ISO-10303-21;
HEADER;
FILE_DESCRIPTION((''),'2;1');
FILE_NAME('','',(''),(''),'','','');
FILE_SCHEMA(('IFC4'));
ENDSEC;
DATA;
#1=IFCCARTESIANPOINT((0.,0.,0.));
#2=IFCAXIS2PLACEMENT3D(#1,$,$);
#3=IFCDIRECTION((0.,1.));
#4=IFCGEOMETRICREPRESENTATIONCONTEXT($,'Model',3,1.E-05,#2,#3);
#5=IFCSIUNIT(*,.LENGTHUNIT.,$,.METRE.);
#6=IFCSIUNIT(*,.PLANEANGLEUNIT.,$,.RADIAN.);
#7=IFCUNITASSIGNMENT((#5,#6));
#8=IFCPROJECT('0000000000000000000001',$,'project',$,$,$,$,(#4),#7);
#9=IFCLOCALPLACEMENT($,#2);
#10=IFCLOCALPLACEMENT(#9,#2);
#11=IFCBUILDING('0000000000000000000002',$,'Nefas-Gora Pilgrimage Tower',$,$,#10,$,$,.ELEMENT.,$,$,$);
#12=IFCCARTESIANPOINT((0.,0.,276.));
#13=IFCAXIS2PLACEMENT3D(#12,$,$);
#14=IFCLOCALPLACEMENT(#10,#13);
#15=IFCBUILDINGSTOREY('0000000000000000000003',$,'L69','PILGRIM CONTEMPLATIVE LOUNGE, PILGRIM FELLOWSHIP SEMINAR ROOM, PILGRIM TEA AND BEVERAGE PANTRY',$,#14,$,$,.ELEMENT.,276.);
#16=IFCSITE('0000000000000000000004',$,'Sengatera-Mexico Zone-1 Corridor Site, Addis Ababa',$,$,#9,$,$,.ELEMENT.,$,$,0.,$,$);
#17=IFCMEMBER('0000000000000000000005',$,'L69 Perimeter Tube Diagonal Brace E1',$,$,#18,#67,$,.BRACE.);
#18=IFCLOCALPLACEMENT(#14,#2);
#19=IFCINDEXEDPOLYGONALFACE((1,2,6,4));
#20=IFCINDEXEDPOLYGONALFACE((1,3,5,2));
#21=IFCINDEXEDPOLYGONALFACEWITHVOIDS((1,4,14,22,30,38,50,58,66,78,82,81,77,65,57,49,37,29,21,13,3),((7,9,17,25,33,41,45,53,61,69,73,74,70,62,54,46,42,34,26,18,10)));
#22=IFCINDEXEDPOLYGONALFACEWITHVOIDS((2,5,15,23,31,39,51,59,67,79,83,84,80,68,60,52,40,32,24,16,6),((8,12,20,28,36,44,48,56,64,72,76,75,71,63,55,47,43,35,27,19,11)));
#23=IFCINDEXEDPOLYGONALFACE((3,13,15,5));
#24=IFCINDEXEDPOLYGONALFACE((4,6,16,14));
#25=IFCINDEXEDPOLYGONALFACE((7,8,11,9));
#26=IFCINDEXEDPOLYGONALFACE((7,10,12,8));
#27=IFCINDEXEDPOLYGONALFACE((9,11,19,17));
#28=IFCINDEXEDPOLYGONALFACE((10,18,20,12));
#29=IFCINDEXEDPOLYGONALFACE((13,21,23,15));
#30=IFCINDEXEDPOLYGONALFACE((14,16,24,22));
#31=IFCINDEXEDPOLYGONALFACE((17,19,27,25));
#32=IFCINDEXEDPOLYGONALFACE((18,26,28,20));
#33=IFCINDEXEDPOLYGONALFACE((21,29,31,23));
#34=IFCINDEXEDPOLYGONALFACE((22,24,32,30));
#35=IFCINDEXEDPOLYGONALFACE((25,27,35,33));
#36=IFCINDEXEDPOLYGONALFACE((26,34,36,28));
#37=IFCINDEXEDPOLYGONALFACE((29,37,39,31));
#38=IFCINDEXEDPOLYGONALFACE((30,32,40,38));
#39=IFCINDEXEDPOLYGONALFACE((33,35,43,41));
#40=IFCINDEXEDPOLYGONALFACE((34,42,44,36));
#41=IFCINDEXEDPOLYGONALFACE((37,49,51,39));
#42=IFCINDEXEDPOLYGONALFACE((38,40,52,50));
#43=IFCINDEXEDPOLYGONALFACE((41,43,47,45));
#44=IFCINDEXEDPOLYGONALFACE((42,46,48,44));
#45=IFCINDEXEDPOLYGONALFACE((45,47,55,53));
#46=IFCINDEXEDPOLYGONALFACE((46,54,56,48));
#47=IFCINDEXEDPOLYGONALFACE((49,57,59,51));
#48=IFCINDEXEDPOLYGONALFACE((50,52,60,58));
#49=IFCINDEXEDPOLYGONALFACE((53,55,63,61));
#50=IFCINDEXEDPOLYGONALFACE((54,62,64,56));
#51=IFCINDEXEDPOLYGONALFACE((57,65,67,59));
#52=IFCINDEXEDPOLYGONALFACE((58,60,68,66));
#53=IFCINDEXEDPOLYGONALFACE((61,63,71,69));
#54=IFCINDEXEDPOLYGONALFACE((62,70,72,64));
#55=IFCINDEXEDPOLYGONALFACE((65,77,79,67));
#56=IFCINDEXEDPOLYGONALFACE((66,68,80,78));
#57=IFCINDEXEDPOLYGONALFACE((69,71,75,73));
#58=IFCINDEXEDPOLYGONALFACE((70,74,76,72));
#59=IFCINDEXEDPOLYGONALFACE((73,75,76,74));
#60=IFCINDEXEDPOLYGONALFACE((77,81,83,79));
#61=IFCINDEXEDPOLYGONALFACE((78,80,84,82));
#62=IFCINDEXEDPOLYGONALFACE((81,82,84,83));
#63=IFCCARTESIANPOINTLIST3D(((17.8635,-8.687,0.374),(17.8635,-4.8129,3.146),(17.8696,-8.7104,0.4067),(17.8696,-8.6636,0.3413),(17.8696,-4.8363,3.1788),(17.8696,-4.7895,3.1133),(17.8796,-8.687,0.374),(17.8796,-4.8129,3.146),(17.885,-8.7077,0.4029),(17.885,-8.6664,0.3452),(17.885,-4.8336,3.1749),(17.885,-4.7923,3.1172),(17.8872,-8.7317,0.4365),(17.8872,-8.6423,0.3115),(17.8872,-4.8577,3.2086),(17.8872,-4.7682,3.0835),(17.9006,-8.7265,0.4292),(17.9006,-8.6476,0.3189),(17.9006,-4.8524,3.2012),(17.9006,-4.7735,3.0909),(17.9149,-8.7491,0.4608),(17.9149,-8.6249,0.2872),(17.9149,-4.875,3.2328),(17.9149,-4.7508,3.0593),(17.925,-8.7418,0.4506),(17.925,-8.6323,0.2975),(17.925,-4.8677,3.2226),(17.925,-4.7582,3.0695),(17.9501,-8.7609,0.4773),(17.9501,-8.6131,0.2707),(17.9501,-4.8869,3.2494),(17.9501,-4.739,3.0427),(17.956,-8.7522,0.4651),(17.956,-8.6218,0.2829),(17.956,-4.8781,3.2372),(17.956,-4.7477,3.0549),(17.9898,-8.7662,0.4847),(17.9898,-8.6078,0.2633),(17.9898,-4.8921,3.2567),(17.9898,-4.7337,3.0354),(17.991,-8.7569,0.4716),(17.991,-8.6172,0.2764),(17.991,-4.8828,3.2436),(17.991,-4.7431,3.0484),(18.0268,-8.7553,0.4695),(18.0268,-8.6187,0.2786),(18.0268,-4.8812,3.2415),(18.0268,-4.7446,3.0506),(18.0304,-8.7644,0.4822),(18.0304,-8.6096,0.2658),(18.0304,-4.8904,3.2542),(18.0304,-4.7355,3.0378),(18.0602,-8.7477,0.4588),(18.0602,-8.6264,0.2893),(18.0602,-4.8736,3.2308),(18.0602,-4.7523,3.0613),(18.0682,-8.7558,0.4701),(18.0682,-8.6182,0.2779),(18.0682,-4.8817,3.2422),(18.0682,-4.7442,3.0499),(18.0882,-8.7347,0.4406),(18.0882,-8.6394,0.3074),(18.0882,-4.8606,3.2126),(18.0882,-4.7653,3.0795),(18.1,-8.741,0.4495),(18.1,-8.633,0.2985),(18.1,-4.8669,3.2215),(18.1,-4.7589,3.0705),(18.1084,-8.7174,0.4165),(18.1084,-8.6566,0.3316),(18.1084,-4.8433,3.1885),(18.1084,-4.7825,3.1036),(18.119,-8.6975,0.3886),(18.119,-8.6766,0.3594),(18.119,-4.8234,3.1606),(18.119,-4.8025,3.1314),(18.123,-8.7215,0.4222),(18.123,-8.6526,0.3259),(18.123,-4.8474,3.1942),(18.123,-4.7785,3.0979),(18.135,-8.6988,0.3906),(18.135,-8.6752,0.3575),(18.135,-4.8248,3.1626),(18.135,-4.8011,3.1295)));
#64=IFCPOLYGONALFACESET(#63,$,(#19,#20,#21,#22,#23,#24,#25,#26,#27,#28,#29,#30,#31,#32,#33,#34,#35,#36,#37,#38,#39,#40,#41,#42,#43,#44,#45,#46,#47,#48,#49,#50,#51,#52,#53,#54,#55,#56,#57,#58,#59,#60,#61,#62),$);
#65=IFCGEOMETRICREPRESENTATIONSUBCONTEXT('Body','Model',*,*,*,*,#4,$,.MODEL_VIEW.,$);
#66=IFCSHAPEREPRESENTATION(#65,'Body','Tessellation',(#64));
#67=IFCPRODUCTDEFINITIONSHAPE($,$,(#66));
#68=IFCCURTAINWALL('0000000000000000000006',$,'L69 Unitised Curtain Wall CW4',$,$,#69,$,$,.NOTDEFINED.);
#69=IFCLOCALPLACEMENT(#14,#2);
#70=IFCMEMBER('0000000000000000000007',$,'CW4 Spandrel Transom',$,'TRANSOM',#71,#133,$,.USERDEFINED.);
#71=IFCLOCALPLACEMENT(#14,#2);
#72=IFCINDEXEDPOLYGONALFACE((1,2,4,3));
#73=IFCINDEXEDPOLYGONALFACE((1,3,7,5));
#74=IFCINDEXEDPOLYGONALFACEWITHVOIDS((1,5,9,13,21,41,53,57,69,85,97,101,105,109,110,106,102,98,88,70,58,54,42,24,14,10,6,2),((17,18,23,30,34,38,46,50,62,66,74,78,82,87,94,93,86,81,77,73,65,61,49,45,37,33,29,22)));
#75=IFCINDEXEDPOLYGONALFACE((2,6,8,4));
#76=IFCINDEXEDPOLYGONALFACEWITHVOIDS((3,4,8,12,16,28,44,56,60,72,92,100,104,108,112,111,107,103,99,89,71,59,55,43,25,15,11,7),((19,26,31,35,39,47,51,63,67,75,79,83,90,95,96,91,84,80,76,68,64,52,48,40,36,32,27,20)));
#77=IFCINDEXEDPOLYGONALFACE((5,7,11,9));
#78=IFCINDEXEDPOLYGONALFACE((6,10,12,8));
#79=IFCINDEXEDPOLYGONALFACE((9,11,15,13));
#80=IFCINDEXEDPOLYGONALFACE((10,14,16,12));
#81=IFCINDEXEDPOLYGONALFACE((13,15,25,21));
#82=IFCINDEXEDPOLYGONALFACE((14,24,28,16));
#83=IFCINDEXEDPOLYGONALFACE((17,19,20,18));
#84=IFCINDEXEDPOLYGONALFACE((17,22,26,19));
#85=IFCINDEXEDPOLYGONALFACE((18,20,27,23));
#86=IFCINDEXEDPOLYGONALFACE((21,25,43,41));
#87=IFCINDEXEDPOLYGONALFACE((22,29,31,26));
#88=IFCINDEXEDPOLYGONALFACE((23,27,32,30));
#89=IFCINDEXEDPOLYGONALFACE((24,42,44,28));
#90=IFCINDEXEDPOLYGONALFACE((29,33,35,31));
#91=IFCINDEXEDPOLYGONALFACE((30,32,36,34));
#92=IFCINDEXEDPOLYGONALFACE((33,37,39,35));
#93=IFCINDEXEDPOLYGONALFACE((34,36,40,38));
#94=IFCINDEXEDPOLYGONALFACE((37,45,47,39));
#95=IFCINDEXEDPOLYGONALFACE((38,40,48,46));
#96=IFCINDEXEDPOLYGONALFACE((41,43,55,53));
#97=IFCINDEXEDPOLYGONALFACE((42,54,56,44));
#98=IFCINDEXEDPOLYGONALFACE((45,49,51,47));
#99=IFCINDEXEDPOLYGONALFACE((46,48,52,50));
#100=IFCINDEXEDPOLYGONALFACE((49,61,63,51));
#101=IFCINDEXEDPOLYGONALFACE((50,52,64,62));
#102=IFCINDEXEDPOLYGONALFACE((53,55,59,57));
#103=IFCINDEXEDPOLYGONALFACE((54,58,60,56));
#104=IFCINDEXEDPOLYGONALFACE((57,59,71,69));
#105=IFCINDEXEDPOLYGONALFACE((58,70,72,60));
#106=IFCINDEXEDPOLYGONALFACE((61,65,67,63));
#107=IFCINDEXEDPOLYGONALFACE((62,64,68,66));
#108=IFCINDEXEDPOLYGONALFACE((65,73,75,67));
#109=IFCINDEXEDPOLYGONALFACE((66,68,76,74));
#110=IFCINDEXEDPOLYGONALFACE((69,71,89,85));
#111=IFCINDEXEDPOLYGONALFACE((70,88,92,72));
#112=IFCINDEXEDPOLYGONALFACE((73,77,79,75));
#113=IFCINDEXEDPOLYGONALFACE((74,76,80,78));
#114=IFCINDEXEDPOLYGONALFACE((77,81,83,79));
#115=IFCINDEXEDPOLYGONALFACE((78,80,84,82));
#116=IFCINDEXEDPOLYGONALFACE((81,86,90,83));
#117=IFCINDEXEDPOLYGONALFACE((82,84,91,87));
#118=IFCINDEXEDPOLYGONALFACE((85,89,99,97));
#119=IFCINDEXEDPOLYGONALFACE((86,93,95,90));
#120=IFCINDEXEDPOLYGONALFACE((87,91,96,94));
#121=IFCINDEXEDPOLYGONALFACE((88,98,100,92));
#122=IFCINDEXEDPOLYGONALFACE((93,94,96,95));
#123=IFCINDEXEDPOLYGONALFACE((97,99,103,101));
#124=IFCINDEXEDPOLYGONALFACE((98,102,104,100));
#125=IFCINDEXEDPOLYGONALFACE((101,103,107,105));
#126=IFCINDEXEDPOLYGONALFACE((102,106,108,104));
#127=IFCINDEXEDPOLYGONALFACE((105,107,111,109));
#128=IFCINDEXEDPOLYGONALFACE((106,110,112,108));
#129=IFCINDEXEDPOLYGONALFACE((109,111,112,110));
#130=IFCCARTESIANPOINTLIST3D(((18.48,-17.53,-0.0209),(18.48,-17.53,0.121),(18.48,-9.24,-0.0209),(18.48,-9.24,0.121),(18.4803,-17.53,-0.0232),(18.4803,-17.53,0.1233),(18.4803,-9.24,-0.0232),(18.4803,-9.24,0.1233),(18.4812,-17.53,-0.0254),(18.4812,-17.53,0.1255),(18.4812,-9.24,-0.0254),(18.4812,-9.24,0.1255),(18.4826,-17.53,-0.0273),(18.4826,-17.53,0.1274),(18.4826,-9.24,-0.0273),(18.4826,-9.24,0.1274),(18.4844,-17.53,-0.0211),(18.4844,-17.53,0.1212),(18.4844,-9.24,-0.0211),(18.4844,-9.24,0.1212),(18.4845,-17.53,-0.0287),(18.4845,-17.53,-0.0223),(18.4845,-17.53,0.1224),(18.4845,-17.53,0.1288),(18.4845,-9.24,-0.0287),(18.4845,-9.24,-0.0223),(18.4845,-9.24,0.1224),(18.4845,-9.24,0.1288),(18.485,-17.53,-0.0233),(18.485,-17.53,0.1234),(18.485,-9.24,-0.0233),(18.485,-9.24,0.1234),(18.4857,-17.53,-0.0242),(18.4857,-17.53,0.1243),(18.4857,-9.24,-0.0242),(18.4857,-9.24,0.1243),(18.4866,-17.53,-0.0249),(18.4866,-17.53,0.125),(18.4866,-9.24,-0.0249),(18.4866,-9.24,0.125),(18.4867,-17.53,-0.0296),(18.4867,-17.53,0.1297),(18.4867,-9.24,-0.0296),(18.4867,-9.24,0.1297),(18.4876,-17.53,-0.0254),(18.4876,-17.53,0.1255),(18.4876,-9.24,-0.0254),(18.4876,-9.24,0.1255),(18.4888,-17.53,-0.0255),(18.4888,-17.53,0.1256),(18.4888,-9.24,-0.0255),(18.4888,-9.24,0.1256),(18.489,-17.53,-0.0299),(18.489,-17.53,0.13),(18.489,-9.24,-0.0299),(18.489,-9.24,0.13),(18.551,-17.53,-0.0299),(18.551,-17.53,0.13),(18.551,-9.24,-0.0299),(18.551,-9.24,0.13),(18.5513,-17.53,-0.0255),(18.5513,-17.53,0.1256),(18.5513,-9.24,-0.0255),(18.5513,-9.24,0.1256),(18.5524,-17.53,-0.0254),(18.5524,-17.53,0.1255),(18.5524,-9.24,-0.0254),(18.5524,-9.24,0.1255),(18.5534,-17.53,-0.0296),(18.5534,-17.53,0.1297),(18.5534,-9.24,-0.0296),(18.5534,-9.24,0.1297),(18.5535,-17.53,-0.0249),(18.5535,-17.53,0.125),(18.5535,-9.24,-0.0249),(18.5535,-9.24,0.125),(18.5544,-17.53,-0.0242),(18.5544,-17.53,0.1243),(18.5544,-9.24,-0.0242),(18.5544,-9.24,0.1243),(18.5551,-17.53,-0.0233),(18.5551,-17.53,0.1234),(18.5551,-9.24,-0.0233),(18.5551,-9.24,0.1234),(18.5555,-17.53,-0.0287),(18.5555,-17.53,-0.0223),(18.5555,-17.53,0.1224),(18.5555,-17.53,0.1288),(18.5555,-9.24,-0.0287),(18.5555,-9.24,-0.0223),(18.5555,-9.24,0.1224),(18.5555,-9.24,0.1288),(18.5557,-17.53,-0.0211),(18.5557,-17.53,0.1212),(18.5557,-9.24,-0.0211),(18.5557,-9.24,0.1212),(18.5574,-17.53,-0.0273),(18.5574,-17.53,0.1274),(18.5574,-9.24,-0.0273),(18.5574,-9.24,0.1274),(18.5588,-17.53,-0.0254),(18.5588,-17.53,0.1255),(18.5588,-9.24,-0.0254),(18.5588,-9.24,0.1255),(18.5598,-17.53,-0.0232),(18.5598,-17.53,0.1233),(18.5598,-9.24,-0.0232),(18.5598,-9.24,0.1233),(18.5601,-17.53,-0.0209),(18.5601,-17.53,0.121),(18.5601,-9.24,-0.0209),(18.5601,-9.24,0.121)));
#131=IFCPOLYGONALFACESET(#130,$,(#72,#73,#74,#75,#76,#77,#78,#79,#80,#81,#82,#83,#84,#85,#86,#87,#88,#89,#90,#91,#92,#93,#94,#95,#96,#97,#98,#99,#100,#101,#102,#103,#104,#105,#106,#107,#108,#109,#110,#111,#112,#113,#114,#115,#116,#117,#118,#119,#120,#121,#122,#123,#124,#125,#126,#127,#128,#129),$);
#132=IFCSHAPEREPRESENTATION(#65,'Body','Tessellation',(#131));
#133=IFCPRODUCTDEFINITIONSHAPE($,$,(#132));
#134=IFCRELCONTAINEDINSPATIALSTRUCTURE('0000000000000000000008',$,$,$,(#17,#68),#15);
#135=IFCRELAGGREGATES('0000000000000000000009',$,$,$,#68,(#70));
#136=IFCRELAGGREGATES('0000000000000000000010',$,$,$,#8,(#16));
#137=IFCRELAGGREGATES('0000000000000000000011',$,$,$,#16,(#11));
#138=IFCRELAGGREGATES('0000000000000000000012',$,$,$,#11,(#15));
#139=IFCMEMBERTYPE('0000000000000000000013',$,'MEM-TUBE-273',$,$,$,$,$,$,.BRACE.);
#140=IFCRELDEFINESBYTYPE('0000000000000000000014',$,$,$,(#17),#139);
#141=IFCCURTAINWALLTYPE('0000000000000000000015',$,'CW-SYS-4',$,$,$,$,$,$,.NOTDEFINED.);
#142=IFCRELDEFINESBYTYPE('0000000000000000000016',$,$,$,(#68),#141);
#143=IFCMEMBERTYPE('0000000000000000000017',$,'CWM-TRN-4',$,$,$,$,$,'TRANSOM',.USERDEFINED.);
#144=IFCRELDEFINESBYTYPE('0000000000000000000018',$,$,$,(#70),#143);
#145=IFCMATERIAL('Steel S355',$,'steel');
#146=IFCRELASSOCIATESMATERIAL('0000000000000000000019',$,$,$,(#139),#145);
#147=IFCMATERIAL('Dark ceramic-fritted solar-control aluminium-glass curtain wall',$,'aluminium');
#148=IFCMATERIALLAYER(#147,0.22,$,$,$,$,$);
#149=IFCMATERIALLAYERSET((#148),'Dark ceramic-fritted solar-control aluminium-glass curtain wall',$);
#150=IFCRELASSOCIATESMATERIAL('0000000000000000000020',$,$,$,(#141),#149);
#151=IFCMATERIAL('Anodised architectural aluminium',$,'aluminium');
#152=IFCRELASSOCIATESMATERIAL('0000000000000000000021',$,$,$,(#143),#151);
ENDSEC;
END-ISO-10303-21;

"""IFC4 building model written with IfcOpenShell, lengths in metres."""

from ifc_helpers import new_model, si_unit, direction, frame, origin, origin_2d, place, context, subcontext, project, spatial, hollow_rectangle, hollow_circle, extrude, source, transform, mapped, material, layer, layer_set, material_profile, profile_set, type_object, element, aggregate, save


model = new_model("IFC4")

# Units and contexts
model_context = context("Model", 3, precision=1e-05, world=origin(), true_north=direction((0.0, 1.0)))
body_context = subcontext(model_context, "Body", "Model", "MODEL_VIEW")
ifc_project = project(units=[si_unit("LENGTHUNIT", "METRE"), si_unit("PLANEANGLEUNIT", "RADIAN")], contexts=[model_context])

# Site, building, storey
site_placement = place(None, origin())
site = spatial("IfcSite", under=ifc_project, at=site_placement, Name="Sengatera-Mexico Zone-1 Corridor Site, Addis Ababa", CompositionType="ELEMENT", RefElevation=0.0)
building_placement = place(site_placement, origin())
building = spatial("IfcBuilding", under=site, at=building_placement, Name="Nefas-Gora Pilgrimage Tower", CompositionType="ELEMENT")
storey_placement = place(building_placement, frame((0.0, 0.0, 276.0)))
storey = spatial("IfcBuildingStorey", under=building, at=storey_placement, Name="L69", Description="PILGRIM CONTEMPLATIVE LOUNGE, PILGRIM FELLOWSHIP SEMINAR ROOM, PILGRIM TEA AND BEVERAGE PANTRY", CompositionType="ELEMENT", Elevation=276.0)

# Shared definitions
ifc_material_1 = material(Name="Steel S355", Category="steel")

# Member
ifc_material_profile_1 = material_profile(ifc_material_1, hollow_circle(Radius=0.1365, WallThickness=0.0161, at=origin_2d()), Name="CHS 273x16")
ifc_profile_set_1 = profile_set([ifc_material_profile_1], Name="Steel S355")
member_type_1 = type_object("IfcMemberType", Name="MEM-TUBE-273", PredefinedType="BRACE", material=ifc_profile_set_1)
shared_shape_1 = source(origin(), body_context, "Body", "SweptSolid", [
    extrude(hollow_circle(Radius=0.1365, WallThickness=0.0161, at=origin_2d()), origin(), (0.0, 0.0, 1.0), 4.7637),
])
member_1_placement = place(storey_placement, frame((18.0, -8.687, 0.374), z_axis=(0.0, 0.813255, 0.581907), x_axis=(-1.0, 0.0, 0.0)))
element("IfcMember", 1, at=member_1_placement, inside=storey, type_object=member_type_1, Name="L69 Perimeter Tube Diagonal Brace E1", PredefinedType="BRACE", context=body_context, shape_type="MappedRepresentation", body=[
    mapped(shared_shape_1, transform((0.0, 0.0, 0.0), x_axis=(1.0, 0.0, 0.0), y_axis=(0.0, 1.0, 0.0), z_axis=(0.0, 0.0, 1.0), scale=1.0)),
])

# Curtain wall, member
ifc_material_2 = material(Name="Dark ceramic-fritted solar-control aluminium-glass curtain wall", Category="aluminium")
ifc_layer_1 = layer(ifc_material_2, 0.22)
ifc_layer_set_1 = layer_set([ifc_layer_1], Name="Dark ceramic-fritted solar-control aluminium-glass curtain wall")
curtain_wall_type = type_object("IfcCurtainWallType", Name="CW-SYS-4", PredefinedType="NOTDEFINED", material=ifc_layer_set_1)
curtain_wall_placement = place(storey_placement, origin())
curtain_wall = element("IfcCurtainWall", 2, at=curtain_wall_placement, inside=storey, type_object=curtain_wall_type, Name="L69 Unitised Curtain Wall CW4", PredefinedType="NOTDEFINED")
ifc_material_3 = material(Name="Anodised architectural aluminium", Category="aluminium")
ifc_material_profile_2 = material_profile(ifc_material_3, hollow_rectangle(XDim=0.0801, YDim=0.1599, WallThickness=0.0044, InnerFilletRadius=0.0044, OuterFilletRadius=0.009, at=origin_2d()), Name="ALU TRANSOM 80x160")
ifc_profile_set_2 = profile_set([ifc_material_profile_2], Name="Anodised architectural aluminium")
member_type_2 = type_object("IfcMemberType", Name="CWM-TRN-4", ElementType="TRANSOM", PredefinedType="USERDEFINED", material=ifc_profile_set_2)
shared_shape_2 = source(origin(), body_context, "Body", "SweptSolid", [
    extrude(hollow_rectangle(XDim=0.0801, YDim=0.1599, WallThickness=0.0044, InnerFilletRadius=0.0044, OuterFilletRadius=0.009, at=origin_2d()), origin(), (0.0, 0.0, 1.0), 8.29),
])
member_2_placement = place(storey_placement, frame((18.52, -17.53, 0.05), z_axis=(0.0, 1.0, 0.0), x_axis=(-1.0, 0.0, 0.0)))
member_2 = element("IfcMember", 3, at=member_2_placement, type_object=member_type_2, Name="CW4 Spandrel Transom", ObjectType="TRANSOM", PredefinedType="USERDEFINED", context=body_context, shape_type="MappedRepresentation", body=[
    mapped(shared_shape_2, transform((0.0, 0.0, 0.0), x_axis=(1.0, 0.0, 0.0), y_axis=(0.0, 1.0, 0.0), z_axis=(0.0, 0.0, 1.0), scale=1.0)),
])

aggregate(curtain_wall, [member_2])

save(model, "model.ifc")
